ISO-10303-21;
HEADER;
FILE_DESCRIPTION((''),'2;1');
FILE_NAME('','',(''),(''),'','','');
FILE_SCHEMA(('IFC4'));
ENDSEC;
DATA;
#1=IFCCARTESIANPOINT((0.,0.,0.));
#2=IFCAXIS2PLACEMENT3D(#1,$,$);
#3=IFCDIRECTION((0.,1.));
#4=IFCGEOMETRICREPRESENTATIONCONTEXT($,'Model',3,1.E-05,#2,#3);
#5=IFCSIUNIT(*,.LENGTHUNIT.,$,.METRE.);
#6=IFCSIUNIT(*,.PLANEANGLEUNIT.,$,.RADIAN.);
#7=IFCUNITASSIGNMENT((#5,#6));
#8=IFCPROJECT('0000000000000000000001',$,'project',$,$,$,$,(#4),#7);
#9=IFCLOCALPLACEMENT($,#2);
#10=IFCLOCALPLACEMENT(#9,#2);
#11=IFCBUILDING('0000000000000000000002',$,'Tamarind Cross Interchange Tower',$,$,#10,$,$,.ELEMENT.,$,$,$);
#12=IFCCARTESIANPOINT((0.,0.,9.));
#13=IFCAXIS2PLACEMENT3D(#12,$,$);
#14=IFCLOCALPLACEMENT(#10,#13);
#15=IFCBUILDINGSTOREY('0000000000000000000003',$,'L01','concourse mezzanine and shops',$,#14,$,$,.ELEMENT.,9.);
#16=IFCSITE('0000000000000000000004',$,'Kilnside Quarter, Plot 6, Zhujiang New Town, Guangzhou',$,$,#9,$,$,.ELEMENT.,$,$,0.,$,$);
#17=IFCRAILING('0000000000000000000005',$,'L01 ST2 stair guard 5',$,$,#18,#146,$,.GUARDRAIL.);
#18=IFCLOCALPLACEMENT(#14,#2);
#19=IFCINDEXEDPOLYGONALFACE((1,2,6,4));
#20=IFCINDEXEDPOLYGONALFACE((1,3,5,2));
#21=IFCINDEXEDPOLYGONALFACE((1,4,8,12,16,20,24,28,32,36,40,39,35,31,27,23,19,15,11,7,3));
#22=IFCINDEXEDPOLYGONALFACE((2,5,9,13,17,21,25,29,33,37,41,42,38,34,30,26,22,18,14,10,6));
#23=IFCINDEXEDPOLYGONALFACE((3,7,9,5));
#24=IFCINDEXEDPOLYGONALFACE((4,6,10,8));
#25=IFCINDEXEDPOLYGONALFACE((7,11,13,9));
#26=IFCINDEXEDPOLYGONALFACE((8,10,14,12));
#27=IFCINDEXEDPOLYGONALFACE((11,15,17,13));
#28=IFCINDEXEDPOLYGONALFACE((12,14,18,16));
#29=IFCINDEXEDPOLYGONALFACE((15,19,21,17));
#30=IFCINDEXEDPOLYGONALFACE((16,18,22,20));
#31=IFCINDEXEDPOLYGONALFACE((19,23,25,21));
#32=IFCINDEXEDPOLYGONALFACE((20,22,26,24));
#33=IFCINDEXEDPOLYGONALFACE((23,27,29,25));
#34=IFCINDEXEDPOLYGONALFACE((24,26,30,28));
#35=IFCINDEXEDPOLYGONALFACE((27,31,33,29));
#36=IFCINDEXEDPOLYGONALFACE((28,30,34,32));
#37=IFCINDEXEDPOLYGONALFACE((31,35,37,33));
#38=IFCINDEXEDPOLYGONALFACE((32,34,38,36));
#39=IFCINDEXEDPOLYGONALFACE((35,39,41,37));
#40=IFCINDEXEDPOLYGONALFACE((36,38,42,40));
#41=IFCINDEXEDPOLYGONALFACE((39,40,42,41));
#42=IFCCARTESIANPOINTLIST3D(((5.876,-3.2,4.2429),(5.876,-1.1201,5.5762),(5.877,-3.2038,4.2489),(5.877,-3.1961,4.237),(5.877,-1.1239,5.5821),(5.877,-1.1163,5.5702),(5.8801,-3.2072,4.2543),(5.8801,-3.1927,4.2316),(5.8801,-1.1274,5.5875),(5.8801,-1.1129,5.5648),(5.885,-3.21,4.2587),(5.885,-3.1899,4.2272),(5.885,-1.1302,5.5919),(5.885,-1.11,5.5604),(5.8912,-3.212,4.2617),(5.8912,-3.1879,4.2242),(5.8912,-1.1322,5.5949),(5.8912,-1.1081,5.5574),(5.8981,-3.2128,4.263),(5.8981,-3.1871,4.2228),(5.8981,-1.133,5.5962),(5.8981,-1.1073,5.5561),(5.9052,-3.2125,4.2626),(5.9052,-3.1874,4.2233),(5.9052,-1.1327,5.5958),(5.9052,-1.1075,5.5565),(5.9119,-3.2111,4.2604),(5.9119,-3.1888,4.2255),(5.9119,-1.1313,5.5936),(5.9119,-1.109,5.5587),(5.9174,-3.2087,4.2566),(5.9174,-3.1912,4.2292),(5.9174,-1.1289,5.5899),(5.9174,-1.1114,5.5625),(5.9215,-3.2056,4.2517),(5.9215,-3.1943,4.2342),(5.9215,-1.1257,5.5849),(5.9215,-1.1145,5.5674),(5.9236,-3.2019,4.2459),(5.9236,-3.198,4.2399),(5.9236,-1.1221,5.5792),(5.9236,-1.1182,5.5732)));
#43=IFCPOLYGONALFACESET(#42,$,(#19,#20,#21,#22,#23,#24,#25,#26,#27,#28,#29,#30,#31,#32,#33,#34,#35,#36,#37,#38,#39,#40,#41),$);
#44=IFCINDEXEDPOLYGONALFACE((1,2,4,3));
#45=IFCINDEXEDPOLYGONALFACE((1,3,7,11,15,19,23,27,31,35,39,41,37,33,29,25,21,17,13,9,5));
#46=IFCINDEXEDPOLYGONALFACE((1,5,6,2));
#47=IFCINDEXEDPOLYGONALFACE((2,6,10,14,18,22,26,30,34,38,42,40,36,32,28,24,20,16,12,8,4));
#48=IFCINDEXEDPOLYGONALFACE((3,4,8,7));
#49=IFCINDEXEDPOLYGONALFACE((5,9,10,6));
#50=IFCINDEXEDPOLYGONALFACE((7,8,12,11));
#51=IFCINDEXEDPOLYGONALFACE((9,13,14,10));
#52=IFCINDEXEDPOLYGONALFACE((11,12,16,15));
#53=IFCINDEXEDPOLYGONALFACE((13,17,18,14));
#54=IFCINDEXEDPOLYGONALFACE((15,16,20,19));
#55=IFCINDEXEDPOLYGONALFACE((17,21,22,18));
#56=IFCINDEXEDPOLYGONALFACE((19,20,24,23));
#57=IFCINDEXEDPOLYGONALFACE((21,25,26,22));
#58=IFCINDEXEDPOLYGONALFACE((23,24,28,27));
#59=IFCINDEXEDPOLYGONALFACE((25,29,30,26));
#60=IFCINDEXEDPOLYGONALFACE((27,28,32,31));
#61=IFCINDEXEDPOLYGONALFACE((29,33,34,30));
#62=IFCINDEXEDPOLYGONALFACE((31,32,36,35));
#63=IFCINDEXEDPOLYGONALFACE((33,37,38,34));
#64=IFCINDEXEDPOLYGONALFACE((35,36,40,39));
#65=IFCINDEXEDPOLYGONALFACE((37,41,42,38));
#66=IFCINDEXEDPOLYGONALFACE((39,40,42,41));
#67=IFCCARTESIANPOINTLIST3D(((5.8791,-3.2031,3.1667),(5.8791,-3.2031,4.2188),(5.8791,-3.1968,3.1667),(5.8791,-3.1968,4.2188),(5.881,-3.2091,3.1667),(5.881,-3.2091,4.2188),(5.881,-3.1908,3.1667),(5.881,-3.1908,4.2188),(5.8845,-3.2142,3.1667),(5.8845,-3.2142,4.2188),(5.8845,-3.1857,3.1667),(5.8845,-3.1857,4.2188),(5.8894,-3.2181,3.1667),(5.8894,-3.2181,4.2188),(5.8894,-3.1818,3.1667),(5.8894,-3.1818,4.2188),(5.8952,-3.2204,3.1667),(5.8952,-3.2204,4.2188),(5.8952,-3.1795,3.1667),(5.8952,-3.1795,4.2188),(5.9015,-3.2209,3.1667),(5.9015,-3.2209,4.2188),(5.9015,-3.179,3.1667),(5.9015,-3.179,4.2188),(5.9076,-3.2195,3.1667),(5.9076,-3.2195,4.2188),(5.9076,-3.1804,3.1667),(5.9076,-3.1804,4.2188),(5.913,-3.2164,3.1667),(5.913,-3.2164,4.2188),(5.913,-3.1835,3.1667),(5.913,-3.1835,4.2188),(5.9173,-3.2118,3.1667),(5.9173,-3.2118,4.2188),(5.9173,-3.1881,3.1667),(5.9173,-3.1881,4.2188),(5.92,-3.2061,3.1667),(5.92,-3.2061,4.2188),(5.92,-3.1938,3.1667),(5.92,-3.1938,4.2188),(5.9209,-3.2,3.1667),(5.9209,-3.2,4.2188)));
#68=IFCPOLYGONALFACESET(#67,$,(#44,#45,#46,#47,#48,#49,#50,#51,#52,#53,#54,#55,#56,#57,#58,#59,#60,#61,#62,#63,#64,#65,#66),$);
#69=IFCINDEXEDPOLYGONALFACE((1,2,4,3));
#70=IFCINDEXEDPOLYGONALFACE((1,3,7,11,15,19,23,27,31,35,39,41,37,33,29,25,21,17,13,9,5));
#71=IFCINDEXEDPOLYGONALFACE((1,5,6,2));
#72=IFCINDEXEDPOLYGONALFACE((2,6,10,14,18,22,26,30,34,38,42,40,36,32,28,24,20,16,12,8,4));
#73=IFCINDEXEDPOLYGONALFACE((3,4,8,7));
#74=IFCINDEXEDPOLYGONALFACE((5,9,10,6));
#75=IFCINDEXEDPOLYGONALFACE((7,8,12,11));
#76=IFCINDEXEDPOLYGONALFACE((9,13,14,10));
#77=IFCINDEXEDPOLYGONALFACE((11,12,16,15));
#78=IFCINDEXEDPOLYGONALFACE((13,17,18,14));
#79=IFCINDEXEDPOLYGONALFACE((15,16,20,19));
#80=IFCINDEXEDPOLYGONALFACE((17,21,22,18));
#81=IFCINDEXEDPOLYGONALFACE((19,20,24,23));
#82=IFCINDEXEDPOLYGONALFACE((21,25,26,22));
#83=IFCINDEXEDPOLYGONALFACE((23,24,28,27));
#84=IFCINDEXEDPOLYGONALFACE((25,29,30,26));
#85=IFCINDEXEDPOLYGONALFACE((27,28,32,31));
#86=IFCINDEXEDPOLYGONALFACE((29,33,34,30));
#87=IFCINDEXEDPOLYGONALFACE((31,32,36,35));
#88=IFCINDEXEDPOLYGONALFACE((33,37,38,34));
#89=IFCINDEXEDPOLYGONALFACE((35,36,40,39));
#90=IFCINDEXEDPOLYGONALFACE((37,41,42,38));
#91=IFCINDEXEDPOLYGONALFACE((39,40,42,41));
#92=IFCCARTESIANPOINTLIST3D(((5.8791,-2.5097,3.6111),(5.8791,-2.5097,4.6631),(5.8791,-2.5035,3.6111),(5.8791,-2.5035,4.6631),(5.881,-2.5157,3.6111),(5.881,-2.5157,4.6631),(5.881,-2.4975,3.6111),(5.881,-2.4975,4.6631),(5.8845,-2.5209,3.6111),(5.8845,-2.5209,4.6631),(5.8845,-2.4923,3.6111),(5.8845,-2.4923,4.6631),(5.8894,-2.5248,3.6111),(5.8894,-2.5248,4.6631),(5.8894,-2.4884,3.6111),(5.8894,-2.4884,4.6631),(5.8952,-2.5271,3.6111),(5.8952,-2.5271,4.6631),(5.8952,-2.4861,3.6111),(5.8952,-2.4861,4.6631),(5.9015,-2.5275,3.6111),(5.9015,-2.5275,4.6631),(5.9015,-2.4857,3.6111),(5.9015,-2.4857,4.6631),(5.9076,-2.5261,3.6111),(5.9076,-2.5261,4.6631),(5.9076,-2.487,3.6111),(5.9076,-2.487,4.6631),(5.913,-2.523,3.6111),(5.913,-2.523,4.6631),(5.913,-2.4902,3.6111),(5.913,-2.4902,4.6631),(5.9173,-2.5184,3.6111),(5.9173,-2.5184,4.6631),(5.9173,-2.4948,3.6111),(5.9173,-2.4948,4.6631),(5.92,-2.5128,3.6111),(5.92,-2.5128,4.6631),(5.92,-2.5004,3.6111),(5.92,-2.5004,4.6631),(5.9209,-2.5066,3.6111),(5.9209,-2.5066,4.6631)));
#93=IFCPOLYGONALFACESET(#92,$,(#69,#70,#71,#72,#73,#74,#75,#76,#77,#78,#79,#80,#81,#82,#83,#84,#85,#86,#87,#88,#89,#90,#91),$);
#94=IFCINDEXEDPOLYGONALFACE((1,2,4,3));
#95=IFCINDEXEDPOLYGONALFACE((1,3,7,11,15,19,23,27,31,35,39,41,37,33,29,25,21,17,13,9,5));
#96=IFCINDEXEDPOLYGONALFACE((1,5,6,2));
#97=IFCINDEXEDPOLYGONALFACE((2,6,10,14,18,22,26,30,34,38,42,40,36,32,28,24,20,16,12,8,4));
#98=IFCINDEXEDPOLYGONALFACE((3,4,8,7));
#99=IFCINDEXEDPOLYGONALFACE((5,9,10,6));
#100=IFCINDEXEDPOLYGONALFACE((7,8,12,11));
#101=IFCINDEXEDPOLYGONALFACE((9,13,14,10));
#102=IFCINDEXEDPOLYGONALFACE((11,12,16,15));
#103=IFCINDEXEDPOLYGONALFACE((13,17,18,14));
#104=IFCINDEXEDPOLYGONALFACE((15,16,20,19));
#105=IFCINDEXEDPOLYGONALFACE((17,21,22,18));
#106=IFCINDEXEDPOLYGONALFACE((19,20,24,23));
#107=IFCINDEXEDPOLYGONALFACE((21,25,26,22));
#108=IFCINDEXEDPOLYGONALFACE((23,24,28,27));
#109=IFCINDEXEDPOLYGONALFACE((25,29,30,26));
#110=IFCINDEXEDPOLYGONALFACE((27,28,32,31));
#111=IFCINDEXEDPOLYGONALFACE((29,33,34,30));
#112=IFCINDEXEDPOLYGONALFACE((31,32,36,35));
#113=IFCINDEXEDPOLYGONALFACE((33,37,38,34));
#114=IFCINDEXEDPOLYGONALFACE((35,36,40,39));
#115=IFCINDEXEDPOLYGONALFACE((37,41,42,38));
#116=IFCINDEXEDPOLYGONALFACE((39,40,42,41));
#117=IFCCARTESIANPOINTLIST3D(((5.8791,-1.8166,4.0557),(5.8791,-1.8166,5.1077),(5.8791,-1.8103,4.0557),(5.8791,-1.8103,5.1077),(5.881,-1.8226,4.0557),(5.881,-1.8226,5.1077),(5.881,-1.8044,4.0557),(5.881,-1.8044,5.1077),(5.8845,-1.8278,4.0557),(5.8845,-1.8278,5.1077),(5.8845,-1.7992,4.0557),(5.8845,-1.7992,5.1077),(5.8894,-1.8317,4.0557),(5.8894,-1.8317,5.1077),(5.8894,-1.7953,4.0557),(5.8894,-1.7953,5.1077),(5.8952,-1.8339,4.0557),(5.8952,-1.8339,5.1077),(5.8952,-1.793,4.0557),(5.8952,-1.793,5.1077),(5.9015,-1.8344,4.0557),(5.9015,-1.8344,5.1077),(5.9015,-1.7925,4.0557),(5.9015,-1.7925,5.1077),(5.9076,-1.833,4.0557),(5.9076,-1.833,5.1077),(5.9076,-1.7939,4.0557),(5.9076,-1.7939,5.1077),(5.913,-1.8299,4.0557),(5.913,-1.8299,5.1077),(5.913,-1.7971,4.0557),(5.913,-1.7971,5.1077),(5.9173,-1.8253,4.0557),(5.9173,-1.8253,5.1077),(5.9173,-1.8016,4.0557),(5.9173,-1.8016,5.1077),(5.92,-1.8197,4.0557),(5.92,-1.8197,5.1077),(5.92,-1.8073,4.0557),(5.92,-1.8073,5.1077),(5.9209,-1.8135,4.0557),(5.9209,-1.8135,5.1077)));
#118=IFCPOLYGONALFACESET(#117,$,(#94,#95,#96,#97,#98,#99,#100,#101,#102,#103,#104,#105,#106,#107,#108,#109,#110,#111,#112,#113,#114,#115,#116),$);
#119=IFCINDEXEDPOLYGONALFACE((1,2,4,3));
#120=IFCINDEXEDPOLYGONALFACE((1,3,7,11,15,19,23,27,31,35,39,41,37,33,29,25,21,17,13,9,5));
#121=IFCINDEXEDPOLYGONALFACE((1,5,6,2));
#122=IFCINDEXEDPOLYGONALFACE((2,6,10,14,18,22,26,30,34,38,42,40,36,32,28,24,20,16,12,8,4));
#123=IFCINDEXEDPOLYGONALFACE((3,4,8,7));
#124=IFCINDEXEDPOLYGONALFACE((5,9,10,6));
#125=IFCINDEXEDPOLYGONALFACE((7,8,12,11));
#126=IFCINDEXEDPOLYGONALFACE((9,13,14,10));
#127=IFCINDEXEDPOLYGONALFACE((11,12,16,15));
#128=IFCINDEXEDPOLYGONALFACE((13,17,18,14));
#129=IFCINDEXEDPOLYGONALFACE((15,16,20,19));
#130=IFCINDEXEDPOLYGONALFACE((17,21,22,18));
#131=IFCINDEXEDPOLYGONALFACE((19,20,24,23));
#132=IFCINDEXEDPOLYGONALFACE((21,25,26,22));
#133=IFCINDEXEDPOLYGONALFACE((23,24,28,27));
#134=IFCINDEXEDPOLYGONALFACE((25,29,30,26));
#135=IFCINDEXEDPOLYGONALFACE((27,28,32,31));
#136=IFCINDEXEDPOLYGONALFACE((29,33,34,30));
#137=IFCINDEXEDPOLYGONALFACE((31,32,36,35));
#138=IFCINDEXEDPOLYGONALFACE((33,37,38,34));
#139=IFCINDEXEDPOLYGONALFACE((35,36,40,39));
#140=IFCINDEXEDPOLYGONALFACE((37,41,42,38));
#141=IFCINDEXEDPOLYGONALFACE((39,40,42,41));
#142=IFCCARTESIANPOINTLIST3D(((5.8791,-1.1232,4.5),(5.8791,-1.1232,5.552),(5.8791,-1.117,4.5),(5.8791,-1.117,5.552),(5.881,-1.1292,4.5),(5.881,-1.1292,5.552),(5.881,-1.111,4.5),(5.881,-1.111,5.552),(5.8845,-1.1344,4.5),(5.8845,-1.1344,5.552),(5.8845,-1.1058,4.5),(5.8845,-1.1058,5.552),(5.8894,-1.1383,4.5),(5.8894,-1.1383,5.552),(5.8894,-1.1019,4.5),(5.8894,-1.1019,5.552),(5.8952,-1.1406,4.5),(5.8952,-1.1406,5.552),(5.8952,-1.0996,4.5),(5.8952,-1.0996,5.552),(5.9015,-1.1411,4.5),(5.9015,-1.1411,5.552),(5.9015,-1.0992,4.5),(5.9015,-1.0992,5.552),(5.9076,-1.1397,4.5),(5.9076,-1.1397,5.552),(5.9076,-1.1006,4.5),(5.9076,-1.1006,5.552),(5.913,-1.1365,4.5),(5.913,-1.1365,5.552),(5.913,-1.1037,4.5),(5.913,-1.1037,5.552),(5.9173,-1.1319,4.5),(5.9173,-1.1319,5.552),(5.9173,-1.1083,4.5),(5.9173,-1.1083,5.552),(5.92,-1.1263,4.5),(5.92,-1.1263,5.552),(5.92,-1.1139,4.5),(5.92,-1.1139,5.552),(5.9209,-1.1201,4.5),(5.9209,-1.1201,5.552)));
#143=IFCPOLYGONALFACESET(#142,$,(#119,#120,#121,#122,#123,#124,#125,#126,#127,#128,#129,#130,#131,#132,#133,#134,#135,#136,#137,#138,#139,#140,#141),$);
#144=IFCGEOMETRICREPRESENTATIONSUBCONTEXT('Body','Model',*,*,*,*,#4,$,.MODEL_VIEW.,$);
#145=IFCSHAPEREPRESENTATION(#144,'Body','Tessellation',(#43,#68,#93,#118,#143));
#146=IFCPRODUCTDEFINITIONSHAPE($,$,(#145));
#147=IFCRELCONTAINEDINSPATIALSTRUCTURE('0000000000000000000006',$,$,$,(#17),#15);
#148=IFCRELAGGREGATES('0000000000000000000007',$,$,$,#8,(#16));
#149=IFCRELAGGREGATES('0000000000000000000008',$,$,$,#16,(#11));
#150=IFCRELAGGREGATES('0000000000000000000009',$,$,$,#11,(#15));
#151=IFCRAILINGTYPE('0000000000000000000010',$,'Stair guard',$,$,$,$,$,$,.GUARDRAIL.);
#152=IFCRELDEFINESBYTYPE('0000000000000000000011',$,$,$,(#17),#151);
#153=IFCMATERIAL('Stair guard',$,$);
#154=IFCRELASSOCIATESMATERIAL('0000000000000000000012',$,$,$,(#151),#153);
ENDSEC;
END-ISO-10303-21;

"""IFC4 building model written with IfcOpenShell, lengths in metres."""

from ifc_helpers import new_model, si_unit, direction, frame, origin, origin_2d, place, context, subcontext, project, spatial, circle, extrude, material, type_object, element, save


model = new_model("IFC4")

# Units and contexts
model_context = context("Model", 3, precision=1e-05, world=origin(), true_north=direction((0.0, 1.0)))
body_context = subcontext(model_context, "Body", "Model", "MODEL_VIEW")
ifc_project = project(units=[si_unit("LENGTHUNIT", "METRE"), si_unit("PLANEANGLEUNIT", "RADIAN")], contexts=[model_context])

# Site, building, storey
site_placement = place(None, origin())
site = spatial("IfcSite", under=ifc_project, at=site_placement, Name="Kilnside Quarter, Plot 6, Zhujiang New Town, Guangzhou", CompositionType="ELEMENT", RefElevation=0.0)
building_placement = place(site_placement, origin())
building = spatial("IfcBuilding", under=site, at=building_placement, Name="Tamarind Cross Interchange Tower", CompositionType="ELEMENT")
storey_placement = place(building_placement, frame((0.0, 0.0, 9.0)))
storey = spatial("IfcBuildingStorey", under=building, at=storey_placement, Name="L01", Description="concourse mezzanine and shops", CompositionType="ELEMENT", Elevation=9.0)

# Railing
ifc_material_1 = material(Name="Stair guard")
railing_type_1 = type_object("IfcRailingType", Name="Stair guard", PredefinedType="GUARDRAIL", material=ifc_material_1)
railing_1_placement = place(storey_placement, frame((5.8999, -3.2, 3.1667)))
element("IfcRailing", 1, at=railing_1_placement, inside=storey, type_object=railing_type_1, Name="L01 ST2 stair guard 5", PredefinedType="GUARDRAIL", context=body_context, shape_type="SweptSolid", body=[
    extrude(circle(Radius=0.0239, at=origin_2d()), frame((0.0, 0.0, 1.0762), z_axis=(0.0, 0.841875, 0.539673), x_axis=(-1.0, 0.0, 0.0)), (0.0, 0.0, 1.0), 2.4705),
    extrude(circle(Radius=0.021, at=origin_2d()), origin(), (0.0, 0.0, 1.0), 1.052),
    extrude(circle(Radius=0.021, at=origin_2d()), frame((0.0, 0.6934, 0.4443)), (0.0, 0.0, 1.0), 1.052),
    extrude(circle(Radius=0.021, at=origin_2d()), frame((0.0, 1.3865, 0.8889)), (0.0, 0.0, 1.0), 1.052),
    extrude(circle(Radius=0.021, at=origin_2d()), frame((0.0, 2.0798, 1.3333)), (0.0, 0.0, 1.0), 1.052),
])

save(model, "model.ifc")
